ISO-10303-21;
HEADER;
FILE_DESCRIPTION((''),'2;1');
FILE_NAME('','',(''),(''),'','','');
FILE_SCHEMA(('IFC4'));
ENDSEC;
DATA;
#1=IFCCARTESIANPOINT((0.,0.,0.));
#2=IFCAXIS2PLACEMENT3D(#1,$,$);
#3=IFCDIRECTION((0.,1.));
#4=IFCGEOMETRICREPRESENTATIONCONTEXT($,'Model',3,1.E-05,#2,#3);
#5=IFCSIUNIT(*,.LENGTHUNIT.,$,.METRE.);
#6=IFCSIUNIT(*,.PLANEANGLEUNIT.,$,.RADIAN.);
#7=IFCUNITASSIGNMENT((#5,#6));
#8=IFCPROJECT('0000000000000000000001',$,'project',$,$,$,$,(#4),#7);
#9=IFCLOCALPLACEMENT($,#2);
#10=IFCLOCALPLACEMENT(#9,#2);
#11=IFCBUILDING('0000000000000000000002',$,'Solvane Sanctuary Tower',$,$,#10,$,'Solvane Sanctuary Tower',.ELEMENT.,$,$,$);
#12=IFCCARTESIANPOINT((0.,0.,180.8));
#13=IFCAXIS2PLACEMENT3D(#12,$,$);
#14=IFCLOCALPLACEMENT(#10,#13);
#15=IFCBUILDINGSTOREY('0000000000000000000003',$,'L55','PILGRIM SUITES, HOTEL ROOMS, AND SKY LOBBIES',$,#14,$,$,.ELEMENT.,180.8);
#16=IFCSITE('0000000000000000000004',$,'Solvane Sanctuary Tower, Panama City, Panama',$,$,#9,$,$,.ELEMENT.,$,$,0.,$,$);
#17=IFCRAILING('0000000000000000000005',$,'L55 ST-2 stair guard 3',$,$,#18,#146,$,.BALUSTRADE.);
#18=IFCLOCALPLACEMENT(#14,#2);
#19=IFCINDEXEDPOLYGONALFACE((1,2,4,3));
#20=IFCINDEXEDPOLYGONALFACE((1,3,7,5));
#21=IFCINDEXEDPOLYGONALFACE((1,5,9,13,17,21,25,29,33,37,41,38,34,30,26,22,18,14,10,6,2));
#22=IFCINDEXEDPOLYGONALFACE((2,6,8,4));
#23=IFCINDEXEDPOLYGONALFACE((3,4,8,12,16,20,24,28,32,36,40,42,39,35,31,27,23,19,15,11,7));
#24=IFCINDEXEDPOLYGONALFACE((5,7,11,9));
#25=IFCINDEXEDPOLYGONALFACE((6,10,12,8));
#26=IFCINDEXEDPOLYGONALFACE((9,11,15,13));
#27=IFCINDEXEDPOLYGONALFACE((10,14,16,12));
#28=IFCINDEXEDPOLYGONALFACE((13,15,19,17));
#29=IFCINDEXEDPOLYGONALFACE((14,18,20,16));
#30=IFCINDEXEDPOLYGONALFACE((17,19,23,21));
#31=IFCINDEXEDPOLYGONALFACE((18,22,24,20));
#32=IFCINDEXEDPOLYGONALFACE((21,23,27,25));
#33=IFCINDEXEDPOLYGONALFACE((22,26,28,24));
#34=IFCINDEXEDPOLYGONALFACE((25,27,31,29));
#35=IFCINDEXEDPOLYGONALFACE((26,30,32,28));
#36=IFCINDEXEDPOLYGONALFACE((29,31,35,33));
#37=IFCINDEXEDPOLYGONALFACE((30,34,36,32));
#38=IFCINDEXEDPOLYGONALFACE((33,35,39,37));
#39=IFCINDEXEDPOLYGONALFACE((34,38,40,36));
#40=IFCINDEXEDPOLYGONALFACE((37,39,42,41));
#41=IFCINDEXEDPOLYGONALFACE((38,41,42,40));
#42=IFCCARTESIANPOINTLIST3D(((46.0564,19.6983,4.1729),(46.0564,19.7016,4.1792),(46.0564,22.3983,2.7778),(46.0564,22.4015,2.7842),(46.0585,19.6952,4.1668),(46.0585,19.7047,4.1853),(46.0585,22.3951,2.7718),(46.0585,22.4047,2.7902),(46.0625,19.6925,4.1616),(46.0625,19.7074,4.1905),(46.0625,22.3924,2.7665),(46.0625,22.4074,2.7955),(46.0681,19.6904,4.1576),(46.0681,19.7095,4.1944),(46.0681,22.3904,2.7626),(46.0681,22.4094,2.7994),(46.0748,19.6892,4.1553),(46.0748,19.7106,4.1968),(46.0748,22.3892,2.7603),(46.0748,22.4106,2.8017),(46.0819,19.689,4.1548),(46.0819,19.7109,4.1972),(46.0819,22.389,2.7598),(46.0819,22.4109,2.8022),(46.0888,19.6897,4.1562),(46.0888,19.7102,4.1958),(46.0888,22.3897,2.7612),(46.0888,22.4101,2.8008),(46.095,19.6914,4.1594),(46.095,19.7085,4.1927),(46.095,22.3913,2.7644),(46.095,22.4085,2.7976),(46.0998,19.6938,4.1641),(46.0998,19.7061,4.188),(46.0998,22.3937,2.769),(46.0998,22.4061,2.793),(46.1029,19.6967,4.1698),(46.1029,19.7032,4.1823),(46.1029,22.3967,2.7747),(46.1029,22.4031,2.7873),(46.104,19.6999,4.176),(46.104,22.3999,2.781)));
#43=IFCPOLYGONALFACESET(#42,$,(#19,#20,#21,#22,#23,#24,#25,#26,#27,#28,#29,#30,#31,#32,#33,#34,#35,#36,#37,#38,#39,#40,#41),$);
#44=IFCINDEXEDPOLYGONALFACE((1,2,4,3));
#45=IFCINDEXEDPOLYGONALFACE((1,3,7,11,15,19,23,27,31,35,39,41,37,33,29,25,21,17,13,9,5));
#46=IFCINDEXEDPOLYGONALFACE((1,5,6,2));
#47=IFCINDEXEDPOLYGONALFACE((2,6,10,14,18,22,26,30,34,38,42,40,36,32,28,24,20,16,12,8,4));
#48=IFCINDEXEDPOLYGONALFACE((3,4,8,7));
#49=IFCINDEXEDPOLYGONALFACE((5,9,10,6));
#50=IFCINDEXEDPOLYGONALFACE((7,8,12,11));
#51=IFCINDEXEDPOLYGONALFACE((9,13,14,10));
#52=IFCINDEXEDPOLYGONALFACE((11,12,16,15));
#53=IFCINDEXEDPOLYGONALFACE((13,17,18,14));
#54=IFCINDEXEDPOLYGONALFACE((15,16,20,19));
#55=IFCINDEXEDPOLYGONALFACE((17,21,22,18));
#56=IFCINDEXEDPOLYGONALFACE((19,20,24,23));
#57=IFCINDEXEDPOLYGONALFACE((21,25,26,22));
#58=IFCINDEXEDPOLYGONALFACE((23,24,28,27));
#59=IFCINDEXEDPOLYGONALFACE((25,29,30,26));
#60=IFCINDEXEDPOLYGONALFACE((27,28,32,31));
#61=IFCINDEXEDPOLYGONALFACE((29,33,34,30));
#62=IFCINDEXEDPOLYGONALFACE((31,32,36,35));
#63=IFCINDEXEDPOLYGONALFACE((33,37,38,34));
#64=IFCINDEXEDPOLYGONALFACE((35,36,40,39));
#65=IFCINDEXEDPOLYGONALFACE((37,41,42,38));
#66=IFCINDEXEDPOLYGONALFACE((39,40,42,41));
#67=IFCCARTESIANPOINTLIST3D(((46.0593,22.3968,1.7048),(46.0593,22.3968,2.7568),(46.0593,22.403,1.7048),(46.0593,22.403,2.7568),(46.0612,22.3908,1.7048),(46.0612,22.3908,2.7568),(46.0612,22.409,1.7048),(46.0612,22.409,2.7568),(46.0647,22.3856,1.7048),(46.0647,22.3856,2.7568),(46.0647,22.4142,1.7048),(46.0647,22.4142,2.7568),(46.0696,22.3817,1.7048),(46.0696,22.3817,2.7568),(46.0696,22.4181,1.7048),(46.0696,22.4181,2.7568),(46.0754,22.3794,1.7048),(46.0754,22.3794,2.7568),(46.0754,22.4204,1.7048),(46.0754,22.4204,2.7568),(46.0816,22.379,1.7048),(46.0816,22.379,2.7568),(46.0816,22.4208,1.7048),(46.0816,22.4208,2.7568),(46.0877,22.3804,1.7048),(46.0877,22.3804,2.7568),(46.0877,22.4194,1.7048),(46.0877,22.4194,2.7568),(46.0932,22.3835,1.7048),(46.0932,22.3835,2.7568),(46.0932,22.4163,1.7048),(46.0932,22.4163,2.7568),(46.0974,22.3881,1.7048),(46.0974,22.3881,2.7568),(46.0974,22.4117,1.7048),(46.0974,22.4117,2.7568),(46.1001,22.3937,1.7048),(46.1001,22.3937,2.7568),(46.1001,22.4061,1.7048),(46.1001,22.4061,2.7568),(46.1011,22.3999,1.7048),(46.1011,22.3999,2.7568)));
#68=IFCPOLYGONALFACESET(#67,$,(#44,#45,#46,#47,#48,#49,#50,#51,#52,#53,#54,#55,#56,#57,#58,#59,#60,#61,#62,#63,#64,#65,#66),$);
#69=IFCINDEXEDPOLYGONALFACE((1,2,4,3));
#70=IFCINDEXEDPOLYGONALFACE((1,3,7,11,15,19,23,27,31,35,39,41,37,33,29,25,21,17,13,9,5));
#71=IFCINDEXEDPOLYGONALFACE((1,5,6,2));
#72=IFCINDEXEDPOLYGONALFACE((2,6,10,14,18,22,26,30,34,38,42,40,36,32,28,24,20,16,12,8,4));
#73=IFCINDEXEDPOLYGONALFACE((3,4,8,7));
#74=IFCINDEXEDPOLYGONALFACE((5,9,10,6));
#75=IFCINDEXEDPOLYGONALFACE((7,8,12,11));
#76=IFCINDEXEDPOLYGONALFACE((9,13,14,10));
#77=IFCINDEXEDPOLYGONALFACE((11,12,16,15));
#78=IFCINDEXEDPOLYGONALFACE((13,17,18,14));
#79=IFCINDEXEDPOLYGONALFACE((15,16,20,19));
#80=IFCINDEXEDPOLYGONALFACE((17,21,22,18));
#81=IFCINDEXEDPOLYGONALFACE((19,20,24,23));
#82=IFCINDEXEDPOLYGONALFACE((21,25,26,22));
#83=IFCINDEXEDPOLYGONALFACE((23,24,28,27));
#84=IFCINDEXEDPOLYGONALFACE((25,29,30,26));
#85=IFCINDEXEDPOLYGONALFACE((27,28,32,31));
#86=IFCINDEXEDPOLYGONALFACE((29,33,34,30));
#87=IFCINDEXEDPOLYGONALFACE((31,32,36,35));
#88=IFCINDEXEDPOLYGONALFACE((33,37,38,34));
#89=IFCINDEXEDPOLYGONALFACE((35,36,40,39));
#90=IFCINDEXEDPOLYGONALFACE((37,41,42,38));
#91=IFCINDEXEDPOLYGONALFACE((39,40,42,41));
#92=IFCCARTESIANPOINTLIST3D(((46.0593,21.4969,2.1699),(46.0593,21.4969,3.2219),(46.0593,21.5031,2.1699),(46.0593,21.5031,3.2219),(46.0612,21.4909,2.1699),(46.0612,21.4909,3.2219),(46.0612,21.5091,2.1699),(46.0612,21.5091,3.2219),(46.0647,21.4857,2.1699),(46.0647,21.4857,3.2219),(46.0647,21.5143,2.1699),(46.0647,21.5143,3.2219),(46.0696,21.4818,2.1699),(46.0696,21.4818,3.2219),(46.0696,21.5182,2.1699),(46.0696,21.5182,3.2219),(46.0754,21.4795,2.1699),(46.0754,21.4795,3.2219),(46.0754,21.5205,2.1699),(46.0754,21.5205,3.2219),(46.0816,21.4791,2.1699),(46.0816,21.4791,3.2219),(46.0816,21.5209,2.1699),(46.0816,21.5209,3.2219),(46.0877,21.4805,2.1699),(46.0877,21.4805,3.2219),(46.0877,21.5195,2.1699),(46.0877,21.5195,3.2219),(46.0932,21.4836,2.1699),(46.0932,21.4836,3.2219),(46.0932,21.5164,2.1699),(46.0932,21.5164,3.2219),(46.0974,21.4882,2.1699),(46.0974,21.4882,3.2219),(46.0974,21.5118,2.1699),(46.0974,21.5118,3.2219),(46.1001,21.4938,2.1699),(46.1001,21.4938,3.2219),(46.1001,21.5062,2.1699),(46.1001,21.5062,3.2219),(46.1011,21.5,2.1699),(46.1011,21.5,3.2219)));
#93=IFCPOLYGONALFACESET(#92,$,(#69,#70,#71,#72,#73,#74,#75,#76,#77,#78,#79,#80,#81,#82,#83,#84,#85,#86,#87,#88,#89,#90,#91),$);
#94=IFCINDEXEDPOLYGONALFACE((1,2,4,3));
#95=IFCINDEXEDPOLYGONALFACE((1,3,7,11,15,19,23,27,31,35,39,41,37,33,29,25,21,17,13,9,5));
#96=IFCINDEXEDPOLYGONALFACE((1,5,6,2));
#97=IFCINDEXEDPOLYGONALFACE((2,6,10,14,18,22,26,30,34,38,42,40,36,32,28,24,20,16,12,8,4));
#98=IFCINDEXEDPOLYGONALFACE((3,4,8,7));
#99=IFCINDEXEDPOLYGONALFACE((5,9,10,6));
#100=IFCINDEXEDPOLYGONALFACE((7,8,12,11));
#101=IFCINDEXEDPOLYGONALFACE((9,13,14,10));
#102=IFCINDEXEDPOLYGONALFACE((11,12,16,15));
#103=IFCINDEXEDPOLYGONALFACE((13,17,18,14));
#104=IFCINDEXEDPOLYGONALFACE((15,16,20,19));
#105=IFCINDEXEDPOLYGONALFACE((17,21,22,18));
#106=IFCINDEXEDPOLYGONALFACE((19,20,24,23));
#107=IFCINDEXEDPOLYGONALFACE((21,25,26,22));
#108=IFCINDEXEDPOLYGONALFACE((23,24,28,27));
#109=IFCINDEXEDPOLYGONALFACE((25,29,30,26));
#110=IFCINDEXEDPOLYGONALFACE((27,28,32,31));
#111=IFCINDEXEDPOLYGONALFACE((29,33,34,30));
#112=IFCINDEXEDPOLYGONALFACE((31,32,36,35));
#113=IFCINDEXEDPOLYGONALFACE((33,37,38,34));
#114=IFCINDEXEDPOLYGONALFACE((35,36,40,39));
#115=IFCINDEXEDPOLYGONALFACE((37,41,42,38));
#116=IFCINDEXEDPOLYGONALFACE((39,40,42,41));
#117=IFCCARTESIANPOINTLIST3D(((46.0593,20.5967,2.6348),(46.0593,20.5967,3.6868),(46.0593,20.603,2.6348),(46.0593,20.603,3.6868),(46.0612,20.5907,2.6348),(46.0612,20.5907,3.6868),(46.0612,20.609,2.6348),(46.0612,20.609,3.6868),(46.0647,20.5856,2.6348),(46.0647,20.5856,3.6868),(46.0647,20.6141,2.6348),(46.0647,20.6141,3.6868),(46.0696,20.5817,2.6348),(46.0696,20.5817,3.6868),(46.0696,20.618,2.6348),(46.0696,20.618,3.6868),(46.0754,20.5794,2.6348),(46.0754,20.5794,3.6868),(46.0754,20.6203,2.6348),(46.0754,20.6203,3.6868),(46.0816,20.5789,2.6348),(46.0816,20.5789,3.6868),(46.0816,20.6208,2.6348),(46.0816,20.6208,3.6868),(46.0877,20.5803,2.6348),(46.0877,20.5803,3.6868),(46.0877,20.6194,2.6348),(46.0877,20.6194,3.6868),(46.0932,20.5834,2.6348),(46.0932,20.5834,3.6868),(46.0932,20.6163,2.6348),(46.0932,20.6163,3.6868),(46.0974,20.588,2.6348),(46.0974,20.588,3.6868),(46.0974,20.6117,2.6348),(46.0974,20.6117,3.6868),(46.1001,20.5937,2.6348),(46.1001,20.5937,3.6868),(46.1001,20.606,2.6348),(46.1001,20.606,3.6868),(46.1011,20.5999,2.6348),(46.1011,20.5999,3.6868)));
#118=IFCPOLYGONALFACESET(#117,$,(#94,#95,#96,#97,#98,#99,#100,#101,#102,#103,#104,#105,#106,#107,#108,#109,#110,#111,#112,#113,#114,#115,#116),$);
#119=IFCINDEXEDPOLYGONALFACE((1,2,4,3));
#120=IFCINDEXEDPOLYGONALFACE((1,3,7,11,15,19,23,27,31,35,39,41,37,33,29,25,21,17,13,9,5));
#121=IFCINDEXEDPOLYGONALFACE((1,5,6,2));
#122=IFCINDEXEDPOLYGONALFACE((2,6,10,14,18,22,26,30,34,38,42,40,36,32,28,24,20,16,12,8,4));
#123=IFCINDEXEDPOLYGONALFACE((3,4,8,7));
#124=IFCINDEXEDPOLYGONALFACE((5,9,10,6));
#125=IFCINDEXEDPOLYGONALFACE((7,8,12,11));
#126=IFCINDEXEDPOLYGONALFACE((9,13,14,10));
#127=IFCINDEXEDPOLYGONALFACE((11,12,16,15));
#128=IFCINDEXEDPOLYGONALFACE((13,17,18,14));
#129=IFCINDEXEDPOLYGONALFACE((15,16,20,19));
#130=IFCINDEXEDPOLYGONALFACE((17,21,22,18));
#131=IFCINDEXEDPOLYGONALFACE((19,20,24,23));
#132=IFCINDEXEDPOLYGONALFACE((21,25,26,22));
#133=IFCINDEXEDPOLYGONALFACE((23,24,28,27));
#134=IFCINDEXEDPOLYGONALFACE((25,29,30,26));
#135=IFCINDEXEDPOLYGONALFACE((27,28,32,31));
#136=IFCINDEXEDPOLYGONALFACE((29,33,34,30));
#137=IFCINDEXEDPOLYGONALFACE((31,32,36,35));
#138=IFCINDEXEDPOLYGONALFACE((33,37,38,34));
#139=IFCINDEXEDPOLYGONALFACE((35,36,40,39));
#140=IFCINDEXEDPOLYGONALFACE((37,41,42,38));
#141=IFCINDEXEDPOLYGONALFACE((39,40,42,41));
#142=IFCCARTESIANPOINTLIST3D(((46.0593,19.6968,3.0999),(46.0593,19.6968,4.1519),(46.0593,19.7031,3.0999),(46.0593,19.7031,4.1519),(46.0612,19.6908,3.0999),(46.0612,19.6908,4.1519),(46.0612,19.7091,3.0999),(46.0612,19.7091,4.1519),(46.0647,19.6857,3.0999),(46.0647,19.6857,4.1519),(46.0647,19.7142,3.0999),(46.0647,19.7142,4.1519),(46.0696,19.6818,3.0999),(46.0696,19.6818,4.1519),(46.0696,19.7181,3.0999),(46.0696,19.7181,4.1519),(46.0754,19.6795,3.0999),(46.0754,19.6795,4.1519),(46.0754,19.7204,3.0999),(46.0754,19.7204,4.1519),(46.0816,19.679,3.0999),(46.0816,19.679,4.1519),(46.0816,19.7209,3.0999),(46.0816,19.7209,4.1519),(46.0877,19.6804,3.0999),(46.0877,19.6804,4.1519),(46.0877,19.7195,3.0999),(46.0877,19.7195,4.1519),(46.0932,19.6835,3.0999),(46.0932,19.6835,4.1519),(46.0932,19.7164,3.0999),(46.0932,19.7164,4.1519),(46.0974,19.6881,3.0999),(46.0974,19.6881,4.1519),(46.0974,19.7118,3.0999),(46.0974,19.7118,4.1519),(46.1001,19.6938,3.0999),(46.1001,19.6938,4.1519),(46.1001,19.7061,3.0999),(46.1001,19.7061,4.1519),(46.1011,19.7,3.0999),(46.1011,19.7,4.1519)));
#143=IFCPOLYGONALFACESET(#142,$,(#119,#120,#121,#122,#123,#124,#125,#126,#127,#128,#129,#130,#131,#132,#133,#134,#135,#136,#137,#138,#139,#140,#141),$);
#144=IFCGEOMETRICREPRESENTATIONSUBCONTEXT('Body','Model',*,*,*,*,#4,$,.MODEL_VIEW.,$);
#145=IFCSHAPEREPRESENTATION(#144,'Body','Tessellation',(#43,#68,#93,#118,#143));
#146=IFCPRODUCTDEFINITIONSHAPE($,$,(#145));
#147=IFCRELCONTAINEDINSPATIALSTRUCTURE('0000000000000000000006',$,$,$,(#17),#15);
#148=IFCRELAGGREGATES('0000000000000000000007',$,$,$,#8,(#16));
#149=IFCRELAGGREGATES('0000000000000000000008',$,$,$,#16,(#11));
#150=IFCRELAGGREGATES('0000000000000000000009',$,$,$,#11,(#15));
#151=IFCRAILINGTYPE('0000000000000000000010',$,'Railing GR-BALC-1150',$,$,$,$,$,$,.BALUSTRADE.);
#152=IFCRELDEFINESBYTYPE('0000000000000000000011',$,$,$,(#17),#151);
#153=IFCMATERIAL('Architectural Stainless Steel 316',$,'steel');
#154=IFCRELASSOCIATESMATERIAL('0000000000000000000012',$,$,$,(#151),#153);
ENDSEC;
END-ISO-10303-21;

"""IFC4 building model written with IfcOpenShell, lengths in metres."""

from ifc_helpers import new_model, si_unit, direction, frame, origin, origin_2d, place, context, subcontext, project, spatial, circle, extrude, material, type_object, element, save


model = new_model("IFC4")

# Units and contexts
model_context = context("Model", 3, precision=1e-05, world=origin(), true_north=direction((0.0, 1.0)))
body_context = subcontext(model_context, "Body", "Model", "MODEL_VIEW")
ifc_project = project(units=[si_unit("LENGTHUNIT", "METRE"), si_unit("PLANEANGLEUNIT", "RADIAN")], contexts=[model_context])

# Site, building, storey
site_placement = place(None, origin())
site = spatial("IfcSite", under=ifc_project, at=site_placement, Name="Solvane Sanctuary Tower, Panama City, Panama", CompositionType="ELEMENT", RefElevation=0.0)
building_placement = place(site_placement, origin())
building = spatial("IfcBuilding", under=site, at=building_placement, Name="Solvane Sanctuary Tower", LongName="Solvane Sanctuary Tower", CompositionType="ELEMENT")
storey_placement = place(building_placement, frame((0.0, 0.0, 180.8)))
storey = spatial("IfcBuildingStorey", under=building, at=storey_placement, Name="L55", Description="PILGRIM SUITES, HOTEL ROOMS, AND SKY LOBBIES", CompositionType="ELEMENT", Elevation=180.8)

# Shared definitions
ifc_material_1 = material(Name="Architectural Stainless Steel 316", Category="steel")

# Railing
railing_type = type_object("IfcRailingType", Name="Railing GR-BALC-1150", PredefinedType="BALUSTRADE", material=ifc_material_1)
railing_1_placement = place(storey_placement, frame((46.0801, 22.3999, 1.7048)))
element("IfcRailing", 1, at=railing_1_placement, inside=storey, type_object=railing_type, Name="L55 ST-2 stair guard 3", PredefinedType="BALUSTRADE", context=body_context, shape_type="SweptSolid", body=[
    extrude(circle(Radius=0.0239, at=origin_2d()), frame((0.0, 0.0, 1.0762), z_axis=(0.0, -0.88842, 0.459032), x_axis=(1.0, 0.0, 0.0)), (0.0, 0.0, 1.0), 3.0391),
    extrude(circle(Radius=0.021, at=origin_2d()), origin(), (0.0, 0.0, 1.0), 1.052),
    extrude(circle(Radius=0.021, at=origin_2d()), frame((0.0, -0.8999, 0.4651)), (0.0, 0.0, 1.0), 1.052),
    extrude(circle(Radius=0.021, at=origin_2d()), frame((0.0, -1.8, 0.9299)), (0.0, 0.0, 1.0), 1.052),
    extrude(circle(Radius=0.021, at=origin_2d()), frame((0.0, -2.7, 1.395)), (0.0, 0.0, 1.0), 1.052),
])

save(model, "model.ifc")
